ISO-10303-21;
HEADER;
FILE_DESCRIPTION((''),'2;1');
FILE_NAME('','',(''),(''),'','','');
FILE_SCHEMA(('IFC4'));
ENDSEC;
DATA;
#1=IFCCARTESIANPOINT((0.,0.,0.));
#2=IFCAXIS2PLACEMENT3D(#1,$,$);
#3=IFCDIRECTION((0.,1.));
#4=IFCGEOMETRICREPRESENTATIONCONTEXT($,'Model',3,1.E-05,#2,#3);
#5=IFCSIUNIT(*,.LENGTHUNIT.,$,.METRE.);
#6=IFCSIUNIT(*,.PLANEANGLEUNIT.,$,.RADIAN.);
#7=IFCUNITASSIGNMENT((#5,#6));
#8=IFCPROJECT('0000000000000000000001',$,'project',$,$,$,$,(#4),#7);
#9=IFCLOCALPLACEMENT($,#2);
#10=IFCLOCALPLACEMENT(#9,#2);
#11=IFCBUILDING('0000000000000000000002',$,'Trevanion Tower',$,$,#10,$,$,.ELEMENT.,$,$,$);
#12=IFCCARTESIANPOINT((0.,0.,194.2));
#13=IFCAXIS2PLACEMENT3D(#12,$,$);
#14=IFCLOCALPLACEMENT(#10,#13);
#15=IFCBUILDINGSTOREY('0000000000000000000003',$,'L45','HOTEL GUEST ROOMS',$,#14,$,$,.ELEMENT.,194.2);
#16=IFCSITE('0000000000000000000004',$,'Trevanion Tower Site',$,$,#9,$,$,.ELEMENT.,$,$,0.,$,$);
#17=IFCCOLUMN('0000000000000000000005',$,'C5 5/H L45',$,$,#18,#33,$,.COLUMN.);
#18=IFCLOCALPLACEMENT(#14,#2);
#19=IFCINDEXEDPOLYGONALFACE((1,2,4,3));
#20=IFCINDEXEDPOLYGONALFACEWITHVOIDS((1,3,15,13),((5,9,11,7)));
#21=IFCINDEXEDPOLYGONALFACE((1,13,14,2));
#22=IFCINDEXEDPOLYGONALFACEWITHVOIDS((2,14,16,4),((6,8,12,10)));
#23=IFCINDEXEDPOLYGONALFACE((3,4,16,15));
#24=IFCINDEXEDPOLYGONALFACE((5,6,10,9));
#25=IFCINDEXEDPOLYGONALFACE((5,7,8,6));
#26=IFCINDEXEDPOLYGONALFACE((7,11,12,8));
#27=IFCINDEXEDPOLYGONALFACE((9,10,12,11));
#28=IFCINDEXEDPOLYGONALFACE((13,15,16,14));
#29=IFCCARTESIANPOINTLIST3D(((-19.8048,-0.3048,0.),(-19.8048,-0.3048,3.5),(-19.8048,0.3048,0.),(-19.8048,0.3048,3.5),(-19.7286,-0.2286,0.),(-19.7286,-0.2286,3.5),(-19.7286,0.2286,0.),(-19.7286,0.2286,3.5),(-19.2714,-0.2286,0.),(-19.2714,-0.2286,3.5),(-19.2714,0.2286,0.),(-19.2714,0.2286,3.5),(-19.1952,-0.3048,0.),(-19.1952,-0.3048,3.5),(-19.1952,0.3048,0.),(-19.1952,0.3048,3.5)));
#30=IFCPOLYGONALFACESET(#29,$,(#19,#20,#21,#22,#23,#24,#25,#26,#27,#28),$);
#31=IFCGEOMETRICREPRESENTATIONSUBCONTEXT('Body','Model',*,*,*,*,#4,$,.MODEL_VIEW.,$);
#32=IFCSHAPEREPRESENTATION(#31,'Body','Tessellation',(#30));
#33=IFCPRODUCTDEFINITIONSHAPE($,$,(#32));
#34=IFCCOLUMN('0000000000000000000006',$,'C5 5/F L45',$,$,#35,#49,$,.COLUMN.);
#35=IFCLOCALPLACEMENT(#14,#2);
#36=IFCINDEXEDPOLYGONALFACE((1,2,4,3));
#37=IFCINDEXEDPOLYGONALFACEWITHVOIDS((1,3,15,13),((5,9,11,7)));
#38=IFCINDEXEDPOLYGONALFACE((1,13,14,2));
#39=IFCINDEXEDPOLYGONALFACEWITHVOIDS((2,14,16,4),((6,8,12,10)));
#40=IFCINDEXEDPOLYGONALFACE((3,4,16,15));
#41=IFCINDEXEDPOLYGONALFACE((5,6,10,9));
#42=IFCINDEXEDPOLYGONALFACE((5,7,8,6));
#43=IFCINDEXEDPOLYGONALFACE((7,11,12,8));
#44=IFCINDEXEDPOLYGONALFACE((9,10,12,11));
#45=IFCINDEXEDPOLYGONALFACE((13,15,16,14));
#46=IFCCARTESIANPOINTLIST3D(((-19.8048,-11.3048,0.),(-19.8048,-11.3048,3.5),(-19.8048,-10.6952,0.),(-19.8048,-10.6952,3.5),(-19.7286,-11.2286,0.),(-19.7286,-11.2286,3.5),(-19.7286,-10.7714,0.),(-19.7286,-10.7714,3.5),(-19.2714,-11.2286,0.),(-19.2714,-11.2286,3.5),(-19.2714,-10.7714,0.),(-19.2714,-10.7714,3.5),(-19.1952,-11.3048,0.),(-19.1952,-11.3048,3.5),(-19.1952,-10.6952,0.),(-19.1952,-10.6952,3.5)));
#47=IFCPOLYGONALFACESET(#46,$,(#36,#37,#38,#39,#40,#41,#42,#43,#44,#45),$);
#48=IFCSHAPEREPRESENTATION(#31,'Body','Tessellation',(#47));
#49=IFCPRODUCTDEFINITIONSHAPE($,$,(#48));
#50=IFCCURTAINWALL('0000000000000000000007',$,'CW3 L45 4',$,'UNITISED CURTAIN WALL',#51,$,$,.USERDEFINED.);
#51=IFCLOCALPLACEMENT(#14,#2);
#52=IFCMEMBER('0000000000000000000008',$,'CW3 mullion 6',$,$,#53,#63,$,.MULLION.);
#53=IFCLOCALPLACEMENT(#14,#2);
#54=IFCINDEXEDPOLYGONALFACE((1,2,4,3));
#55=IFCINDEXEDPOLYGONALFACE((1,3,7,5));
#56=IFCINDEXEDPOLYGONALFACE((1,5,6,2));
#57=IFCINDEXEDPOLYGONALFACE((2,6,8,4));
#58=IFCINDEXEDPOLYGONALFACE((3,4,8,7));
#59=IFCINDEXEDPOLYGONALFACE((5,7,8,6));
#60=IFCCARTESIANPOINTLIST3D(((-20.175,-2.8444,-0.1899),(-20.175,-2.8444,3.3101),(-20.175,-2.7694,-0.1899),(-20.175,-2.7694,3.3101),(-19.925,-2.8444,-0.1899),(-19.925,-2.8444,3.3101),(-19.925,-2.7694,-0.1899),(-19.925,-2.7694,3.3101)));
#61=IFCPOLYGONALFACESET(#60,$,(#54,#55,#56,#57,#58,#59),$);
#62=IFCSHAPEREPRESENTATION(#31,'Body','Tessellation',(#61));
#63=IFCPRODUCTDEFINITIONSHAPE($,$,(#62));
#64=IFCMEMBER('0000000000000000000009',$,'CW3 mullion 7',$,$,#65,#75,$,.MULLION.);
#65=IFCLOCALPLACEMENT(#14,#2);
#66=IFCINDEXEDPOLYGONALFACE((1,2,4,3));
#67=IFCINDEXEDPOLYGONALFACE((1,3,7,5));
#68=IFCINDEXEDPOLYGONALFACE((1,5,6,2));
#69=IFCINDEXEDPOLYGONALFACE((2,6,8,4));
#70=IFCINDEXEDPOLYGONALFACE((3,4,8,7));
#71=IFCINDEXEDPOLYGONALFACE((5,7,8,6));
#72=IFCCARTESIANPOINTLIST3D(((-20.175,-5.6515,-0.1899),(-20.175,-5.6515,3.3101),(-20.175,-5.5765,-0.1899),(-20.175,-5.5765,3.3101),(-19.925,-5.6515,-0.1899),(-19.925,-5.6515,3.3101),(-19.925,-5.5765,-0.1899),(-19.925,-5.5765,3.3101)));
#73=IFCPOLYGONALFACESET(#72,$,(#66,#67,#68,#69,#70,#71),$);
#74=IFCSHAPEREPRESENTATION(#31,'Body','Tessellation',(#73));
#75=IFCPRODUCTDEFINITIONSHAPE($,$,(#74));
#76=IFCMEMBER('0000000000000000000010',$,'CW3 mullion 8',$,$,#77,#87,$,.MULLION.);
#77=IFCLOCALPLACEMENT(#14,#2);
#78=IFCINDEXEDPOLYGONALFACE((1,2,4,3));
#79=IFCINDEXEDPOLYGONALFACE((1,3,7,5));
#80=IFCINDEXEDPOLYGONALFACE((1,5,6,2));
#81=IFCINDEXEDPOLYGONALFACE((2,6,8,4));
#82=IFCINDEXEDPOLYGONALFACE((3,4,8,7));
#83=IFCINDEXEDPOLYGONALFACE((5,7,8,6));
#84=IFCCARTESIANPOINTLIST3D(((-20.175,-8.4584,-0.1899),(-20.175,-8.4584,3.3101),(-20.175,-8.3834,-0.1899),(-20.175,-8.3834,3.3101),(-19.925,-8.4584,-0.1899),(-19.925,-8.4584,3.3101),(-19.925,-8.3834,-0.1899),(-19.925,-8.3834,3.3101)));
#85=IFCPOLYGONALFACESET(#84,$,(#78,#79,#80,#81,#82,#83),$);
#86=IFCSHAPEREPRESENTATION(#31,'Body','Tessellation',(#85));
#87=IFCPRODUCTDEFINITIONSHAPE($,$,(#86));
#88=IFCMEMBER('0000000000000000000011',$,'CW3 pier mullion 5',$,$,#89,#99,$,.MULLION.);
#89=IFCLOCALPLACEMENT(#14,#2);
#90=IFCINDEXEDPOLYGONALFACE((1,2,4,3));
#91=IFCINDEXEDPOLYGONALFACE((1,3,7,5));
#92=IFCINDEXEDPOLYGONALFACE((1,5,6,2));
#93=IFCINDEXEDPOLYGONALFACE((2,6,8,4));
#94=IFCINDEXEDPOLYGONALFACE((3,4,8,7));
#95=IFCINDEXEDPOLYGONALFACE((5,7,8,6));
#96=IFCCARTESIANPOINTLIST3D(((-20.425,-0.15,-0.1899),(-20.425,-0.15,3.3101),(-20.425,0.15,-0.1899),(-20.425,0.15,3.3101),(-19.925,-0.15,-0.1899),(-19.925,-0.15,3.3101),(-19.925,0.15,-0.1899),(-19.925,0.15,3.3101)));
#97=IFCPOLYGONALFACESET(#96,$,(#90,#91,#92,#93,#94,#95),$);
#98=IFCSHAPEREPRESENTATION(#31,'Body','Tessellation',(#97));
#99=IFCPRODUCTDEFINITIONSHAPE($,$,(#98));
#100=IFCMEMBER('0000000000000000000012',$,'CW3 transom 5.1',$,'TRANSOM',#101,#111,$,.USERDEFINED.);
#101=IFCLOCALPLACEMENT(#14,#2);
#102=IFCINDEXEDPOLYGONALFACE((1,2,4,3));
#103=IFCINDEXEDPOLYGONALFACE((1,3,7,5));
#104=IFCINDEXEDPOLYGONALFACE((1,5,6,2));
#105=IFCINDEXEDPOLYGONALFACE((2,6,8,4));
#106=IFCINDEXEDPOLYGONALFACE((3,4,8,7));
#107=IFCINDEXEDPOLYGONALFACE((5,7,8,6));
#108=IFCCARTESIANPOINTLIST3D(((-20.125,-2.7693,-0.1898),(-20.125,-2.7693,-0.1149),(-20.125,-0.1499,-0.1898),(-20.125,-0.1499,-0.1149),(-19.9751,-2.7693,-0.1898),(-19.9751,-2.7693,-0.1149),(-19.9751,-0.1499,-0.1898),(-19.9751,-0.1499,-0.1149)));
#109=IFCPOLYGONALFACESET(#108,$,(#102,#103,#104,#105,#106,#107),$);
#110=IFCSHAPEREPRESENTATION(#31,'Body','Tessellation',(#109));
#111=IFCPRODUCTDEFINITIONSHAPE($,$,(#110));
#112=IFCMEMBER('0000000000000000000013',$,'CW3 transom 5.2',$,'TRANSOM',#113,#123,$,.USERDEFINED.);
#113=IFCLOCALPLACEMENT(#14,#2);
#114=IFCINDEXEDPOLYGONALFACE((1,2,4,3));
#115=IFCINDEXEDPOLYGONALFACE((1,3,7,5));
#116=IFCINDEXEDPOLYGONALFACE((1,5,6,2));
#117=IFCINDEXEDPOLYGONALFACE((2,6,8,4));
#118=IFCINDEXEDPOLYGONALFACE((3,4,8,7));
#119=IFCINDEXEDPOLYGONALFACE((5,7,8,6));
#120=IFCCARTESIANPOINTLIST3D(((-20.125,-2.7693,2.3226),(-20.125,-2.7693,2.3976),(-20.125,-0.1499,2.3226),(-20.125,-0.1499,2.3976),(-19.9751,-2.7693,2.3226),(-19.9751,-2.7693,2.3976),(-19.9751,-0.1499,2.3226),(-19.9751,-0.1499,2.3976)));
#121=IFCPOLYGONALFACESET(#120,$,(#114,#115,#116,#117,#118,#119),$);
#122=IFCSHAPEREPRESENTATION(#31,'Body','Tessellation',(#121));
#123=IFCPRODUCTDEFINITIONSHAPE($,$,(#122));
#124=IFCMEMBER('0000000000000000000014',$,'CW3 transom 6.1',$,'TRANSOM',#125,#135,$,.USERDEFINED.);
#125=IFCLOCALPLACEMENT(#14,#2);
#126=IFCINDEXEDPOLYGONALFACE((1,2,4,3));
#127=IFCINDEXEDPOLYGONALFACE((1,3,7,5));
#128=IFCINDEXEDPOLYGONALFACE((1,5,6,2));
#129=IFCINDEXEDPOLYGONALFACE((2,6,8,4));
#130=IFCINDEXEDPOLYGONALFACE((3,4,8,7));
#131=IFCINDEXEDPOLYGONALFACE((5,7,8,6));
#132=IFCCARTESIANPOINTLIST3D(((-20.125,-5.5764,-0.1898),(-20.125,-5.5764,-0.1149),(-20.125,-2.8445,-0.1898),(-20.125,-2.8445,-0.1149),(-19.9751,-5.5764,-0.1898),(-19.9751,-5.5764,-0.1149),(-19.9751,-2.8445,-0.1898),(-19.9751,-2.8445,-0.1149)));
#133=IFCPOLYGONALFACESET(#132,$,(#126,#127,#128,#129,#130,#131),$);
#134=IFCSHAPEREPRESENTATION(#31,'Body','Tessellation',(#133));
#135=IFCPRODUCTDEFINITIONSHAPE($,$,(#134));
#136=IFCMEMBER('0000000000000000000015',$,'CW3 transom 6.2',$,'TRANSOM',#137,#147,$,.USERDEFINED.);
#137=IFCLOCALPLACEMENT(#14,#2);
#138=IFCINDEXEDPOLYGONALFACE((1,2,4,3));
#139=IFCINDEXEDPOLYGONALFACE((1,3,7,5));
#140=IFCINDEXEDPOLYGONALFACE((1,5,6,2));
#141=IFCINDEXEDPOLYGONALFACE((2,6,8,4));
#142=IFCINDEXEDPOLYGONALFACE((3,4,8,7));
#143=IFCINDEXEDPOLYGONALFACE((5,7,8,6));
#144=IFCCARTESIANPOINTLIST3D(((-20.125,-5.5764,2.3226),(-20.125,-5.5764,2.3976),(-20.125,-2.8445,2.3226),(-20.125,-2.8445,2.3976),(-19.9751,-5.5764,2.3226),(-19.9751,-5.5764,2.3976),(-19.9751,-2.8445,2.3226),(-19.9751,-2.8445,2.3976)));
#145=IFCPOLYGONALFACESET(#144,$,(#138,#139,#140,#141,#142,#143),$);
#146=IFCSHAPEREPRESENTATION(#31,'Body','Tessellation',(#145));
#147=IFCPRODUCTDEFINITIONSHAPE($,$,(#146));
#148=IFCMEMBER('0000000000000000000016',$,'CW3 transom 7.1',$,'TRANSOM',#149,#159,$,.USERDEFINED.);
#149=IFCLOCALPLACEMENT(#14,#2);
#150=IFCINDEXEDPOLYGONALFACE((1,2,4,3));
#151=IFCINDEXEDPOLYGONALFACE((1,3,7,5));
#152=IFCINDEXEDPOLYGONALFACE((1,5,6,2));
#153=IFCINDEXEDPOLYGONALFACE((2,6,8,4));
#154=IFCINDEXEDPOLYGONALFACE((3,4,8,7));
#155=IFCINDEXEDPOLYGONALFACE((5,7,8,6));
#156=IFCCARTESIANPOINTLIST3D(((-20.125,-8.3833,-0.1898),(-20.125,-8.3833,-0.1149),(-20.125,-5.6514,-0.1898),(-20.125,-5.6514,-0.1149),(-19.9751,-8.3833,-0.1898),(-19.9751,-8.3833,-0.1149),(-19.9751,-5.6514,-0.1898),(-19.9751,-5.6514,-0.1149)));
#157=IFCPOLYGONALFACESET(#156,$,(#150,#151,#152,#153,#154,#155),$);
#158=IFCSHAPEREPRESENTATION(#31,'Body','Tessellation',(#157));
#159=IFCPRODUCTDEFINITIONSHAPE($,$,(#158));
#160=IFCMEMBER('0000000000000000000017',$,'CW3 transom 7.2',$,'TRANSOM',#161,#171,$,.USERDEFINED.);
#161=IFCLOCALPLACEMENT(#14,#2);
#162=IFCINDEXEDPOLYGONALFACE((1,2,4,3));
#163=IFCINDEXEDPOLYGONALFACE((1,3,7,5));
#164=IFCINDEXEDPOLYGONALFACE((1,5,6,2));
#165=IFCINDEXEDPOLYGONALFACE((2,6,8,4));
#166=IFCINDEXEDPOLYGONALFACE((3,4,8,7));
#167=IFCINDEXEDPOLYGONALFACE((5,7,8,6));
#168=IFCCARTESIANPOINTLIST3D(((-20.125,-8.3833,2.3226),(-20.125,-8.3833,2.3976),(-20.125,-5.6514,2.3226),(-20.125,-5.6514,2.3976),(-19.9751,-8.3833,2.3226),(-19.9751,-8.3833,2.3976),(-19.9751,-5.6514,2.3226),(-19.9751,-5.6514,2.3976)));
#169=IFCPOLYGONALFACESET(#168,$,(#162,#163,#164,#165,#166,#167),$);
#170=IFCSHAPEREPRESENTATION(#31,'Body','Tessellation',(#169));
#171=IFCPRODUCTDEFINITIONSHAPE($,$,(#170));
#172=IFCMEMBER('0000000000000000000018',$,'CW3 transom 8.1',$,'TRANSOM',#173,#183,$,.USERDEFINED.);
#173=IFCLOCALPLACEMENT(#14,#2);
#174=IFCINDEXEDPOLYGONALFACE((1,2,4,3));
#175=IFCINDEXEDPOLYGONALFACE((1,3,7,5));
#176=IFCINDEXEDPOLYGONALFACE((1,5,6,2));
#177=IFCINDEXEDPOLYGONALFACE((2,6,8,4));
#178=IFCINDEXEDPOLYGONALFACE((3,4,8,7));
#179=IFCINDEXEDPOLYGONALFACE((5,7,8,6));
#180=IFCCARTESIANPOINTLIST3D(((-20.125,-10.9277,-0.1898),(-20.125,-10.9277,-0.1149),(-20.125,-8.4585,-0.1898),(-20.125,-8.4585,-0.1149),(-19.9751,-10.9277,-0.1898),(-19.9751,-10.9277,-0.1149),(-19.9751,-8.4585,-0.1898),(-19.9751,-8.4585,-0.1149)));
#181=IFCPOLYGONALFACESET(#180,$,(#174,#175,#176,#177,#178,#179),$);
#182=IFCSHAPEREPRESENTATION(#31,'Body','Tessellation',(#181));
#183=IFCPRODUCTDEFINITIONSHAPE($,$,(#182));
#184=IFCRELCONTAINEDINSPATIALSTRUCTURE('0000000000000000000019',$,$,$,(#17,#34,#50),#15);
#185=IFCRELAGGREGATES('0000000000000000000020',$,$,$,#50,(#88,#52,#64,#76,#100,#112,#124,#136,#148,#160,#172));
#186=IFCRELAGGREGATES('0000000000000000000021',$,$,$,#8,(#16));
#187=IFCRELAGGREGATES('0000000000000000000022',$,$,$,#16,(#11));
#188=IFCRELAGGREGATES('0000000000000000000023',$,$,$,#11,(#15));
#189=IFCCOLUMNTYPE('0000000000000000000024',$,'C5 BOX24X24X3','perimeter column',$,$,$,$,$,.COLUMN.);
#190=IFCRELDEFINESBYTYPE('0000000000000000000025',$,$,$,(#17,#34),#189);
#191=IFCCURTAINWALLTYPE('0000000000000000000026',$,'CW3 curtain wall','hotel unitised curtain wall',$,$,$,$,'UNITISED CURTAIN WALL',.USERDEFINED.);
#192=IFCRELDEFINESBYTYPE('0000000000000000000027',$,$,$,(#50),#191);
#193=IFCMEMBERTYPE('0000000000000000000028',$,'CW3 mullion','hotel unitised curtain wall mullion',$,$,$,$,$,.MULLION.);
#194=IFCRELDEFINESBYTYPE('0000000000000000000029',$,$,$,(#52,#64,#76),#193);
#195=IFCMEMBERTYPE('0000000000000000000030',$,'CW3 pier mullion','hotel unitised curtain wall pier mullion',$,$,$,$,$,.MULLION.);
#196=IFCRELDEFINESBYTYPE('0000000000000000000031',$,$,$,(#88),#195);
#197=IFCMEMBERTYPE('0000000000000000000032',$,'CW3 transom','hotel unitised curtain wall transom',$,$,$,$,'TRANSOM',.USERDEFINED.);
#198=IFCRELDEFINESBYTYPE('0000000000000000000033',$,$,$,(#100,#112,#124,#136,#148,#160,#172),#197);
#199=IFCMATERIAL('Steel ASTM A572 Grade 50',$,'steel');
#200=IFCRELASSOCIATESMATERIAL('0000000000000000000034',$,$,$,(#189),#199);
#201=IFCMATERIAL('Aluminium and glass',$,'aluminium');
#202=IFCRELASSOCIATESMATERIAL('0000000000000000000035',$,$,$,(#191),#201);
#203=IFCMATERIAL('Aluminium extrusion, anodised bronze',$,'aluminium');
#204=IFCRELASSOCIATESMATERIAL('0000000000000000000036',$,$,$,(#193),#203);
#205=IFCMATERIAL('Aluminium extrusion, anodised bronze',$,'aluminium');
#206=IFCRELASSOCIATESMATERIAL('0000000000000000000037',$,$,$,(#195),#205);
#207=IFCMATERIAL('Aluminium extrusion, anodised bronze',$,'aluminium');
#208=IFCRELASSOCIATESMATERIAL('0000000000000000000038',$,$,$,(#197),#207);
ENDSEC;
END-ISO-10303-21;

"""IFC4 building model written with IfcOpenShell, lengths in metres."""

from ifc_helpers import new_model, si_unit, direction, frame, origin, origin_2d, place, context, subcontext, project, spatial, rectangle, hollow_rectangle, extrude, material, material_profile, profile_set, type_object, element, aggregate, save


model = new_model("IFC4")

# Units and contexts
model_context = context("Model", 3, precision=1e-05, world=origin(), true_north=direction((0.0, 1.0)))
body_context = subcontext(model_context, "Body", "Model", "MODEL_VIEW")
ifc_project = project(units=[si_unit("LENGTHUNIT", "METRE"), si_unit("PLANEANGLEUNIT", "RADIAN")], contexts=[model_context])

# Site, building, storey
site_placement = place(None, origin())
site = spatial("IfcSite", under=ifc_project, at=site_placement, Name="Trevanion Tower Site", CompositionType="ELEMENT", RefElevation=0.0)
building_placement = place(site_placement, origin())
building = spatial("IfcBuilding", under=site, at=building_placement, Name="Trevanion Tower", CompositionType="ELEMENT")
storey_placement = place(building_placement, frame((0.0, 0.0, 194.2)))
storey = spatial("IfcBuildingStorey", under=building, at=storey_placement, Name="L45", Description="HOTEL GUEST ROOMS", CompositionType="ELEMENT", Elevation=194.2)

# Columns
ifc_material_1 = material(Name="Steel ASTM A572 Grade 50", Category="steel")
ifc_material_profile_1 = material_profile(ifc_material_1, hollow_rectangle(XDim=0.6096, YDim=0.6096, WallThickness=0.0762, at=origin_2d()), Name="BOX24X24X3")
ifc_profile_set_1 = profile_set([ifc_material_profile_1], Name="Steel ASTM A572 Grade 50")
column_type = type_object("IfcColumnType", Name="C5 BOX24X24X3", Description="perimeter column", PredefinedType="COLUMN", material=ifc_profile_set_1)
for number, where, z_axis, x_axis, name in (
    (1, (-19.5, 0.0, 0.0), (0.0, 0.0, 1.0), (0.0, 1.0, 0.0), "C5 5/H L45"),
    (2, (-19.5, -11.0, 0.0), (0.0, 0.0, 1.0), (0.0, 1.0, 0.0), "C5 5/F L45"),
):
    element("IfcColumn", number, at=place(storey_placement, frame(where, z_axis=z_axis, x_axis=x_axis)), inside=storey, type_object=column_type, Name=name, PredefinedType="COLUMN", context=body_context, shape_type="SweptSolid", body=[
        extrude(hollow_rectangle(XDim=0.6096, YDim=0.6096, WallThickness=0.0762, at=origin_2d()), origin(), (0.0, 0.0, 1.0), 3.5),
    ])

# Curtain wall, members
ifc_material_2 = material(Name="Aluminium and glass", Category="aluminium")
curtain_wall_type = type_object("IfcCurtainWallType", Name="CW3 curtain wall", Description="hotel unitised curtain wall", ElementType="UNITISED CURTAIN WALL", PredefinedType="USERDEFINED", material=ifc_material_2)
curtain_wall_placement = place(storey_placement, origin())
curtain_wall = element("IfcCurtainWall", 3, at=curtain_wall_placement, inside=storey, type_object=curtain_wall_type, Name="CW3 L45 4", ObjectType="UNITISED CURTAIN WALL", PredefinedType="USERDEFINED")
ifc_material_3 = material(Name="Aluminium extrusion, anodised bronze", Category="aluminium")
ifc_material_profile_2 = material_profile(ifc_material_3, rectangle(XDim=0.075, YDim=0.25, at=origin_2d()), Name="CW3 mullion")
ifc_profile_set_2 = profile_set([ifc_material_profile_2], Name="Aluminium extrusion, anodised bronze")
member_type_1 = type_object("IfcMemberType", Name="CW3 mullion", Description="hotel unitised curtain wall mullion", PredefinedType="MULLION", material=ifc_profile_set_2)
member_1_placement = place(storey_placement, frame((-20.05, -2.8069, -0.1899), z_axis=(0.0, 0.0, 1.0), x_axis=(0.0, -1.0, 0.0)))
member_1 = element("IfcMember", 4, at=member_1_placement, type_object=member_type_1, Name="CW3 mullion 6", PredefinedType="MULLION", context=body_context, shape_type="SweptSolid", body=[
    extrude(rectangle(XDim=0.075, YDim=0.25, at=origin_2d()), origin(), (0.0, 0.0, 1.0), 3.5),
])
member_2_placement = place(storey_placement, frame((-20.05, -5.614, -0.1899), z_axis=(0.0, 0.0, 1.0), x_axis=(0.0, -1.0, 0.0)))
member_2 = element("IfcMember", 5, at=member_2_placement, type_object=member_type_1, Name="CW3 mullion 7", PredefinedType="MULLION", context=body_context, shape_type="SweptSolid", body=[
    extrude(rectangle(XDim=0.075, YDim=0.25, at=origin_2d()), origin(), (0.0, 0.0, 1.0), 3.5),
])
member_3_placement = place(storey_placement, frame((-20.05, -8.4209, -0.1899), z_axis=(0.0, 0.0, 1.0), x_axis=(0.0, -1.0, 0.0)))
member_3 = element("IfcMember", 6, at=member_3_placement, type_object=member_type_1, Name="CW3 mullion 8", PredefinedType="MULLION", context=body_context, shape_type="SweptSolid", body=[
    extrude(rectangle(XDim=0.075, YDim=0.25, at=origin_2d()), origin(), (0.0, 0.0, 1.0), 3.5),
])
ifc_material_4 = material(Name="Aluminium extrusion, anodised bronze", Category="aluminium")
ifc_material_profile_3 = material_profile(ifc_material_4, rectangle(XDim=0.3, YDim=0.5, at=origin_2d()), Name="CW3 pier mullion")
ifc_profile_set_3 = profile_set([ifc_material_profile_3], Name="Aluminium extrusion, anodised bronze")
member_type_2 = type_object("IfcMemberType", Name="CW3 pier mullion", Description="hotel unitised curtain wall pier mullion", PredefinedType="MULLION", material=ifc_profile_set_3)
member_4_placement = place(storey_placement, frame((-20.175, 0.0, -0.1899), z_axis=(0.0, 0.0, 1.0), x_axis=(0.0, -1.0, 0.0)))
member_4 = element("IfcMember", 7, at=member_4_placement, type_object=member_type_2, Name="CW3 pier mullion 5", PredefinedType="MULLION", context=body_context, shape_type="SweptSolid", body=[
    extrude(rectangle(XDim=0.3, YDim=0.5, at=origin_2d()), origin(), (0.0, 0.0, 1.0), 3.5),
])
ifc_material_5 = material(Name="Aluminium extrusion, anodised bronze", Category="aluminium")
ifc_material_profile_4 = material_profile(ifc_material_5, rectangle(XDim=0.1499, YDim=0.075, at=origin_2d()), Name="CW3 transom")
ifc_profile_set_4 = profile_set([ifc_material_profile_4], Name="Aluminium extrusion, anodised bronze")
member_type_3 = type_object("IfcMemberType", Name="CW3 transom", Description="hotel unitised curtain wall transom", ElementType="TRANSOM", PredefinedType="USERDEFINED", material=ifc_profile_set_4)
member_5_placement = place(storey_placement, frame((-20.05, -0.1499, -0.1523), z_axis=(0.0, -1.0, 0.0), x_axis=(1.0, 0.0, 0.0)))
member_5 = element("IfcMember", 8, at=member_5_placement, type_object=member_type_3, Name="CW3 transom 5.1", ObjectType="TRANSOM", PredefinedType="USERDEFINED", context=body_context, shape_type="SweptSolid", body=[
    extrude(rectangle(XDim=0.1499, YDim=0.075, at=origin_2d()), origin(), (0.0, 0.0, 1.0), 2.6194),
])
member_6_placement = place(storey_placement, frame((-20.05, -0.1499, 2.3601), z_axis=(0.0, -1.0, 0.0), x_axis=(1.0, 0.0, 0.0)))
member_6 = element("IfcMember", 9, at=member_6_placement, type_object=member_type_3, Name="CW3 transom 5.2", ObjectType="TRANSOM", PredefinedType="USERDEFINED", context=body_context, shape_type="SweptSolid", body=[
    extrude(rectangle(XDim=0.1499, YDim=0.075, at=origin_2d()), origin(), (0.0, 0.0, 1.0), 2.6194),
])
member_7_placement = place(storey_placement, frame((-20.05, -2.8445, -0.1523), z_axis=(0.0, -1.0, 0.0), x_axis=(1.0, 0.0, 0.0)))
member_7 = element("IfcMember", 10, at=member_7_placement, type_object=member_type_3, Name="CW3 transom 6.1", ObjectType="TRANSOM", PredefinedType="USERDEFINED", context=body_context, shape_type="SweptSolid", body=[
    extrude(rectangle(XDim=0.1499, YDim=0.075, at=origin_2d()), origin(), (0.0, 0.0, 1.0), 2.7319),
])
member_8_placement = place(storey_placement, frame((-20.05, -2.8445, 2.3601), z_axis=(0.0, -1.0, 0.0), x_axis=(1.0, 0.0, 0.0)))
member_8 = element("IfcMember", 11, at=member_8_placement, type_object=member_type_3, Name="CW3 transom 6.2", ObjectType="TRANSOM", PredefinedType="USERDEFINED", context=body_context, shape_type="SweptSolid", body=[
    extrude(rectangle(XDim=0.1499, YDim=0.075, at=origin_2d()), origin(), (0.0, 0.0, 1.0), 2.7319),
])
member_9_placement = place(storey_placement, frame((-20.05, -5.6514, -0.1523), z_axis=(0.0, -1.0, 0.0), x_axis=(1.0, 0.0, 0.0)))
member_9 = element("IfcMember", 12, at=member_9_placement, type_object=member_type_3, Name="CW3 transom 7.1", ObjectType="TRANSOM", PredefinedType="USERDEFINED", context=body_context, shape_type="SweptSolid", body=[
    extrude(rectangle(XDim=0.1499, YDim=0.075, at=origin_2d()), origin(), (0.0, 0.0, 1.0), 2.7319),
])
member_10_placement = place(storey_placement, frame((-20.05, -5.6514, 2.3601), z_axis=(0.0, -1.0, 0.0), x_axis=(1.0, 0.0, 0.0)))
member_10 = element("IfcMember", 13, at=member_10_placement, type_object=member_type_3, Name="CW3 transom 7.2", ObjectType="TRANSOM", PredefinedType="USERDEFINED", context=body_context, shape_type="SweptSolid", body=[
    extrude(rectangle(XDim=0.1499, YDim=0.075, at=origin_2d()), origin(), (0.0, 0.0, 1.0), 2.7319),
])
member_11_placement = place(storey_placement, frame((-20.05, -8.4585, -0.1523), z_axis=(0.0, -1.0, 0.0), x_axis=(1.0, 0.0, 0.0)))
member_11 = element("IfcMember", 14, at=member_11_placement, type_object=member_type_3, Name="CW3 transom 8.1", ObjectType="TRANSOM", PredefinedType="USERDEFINED", context=body_context, shape_type="SweptSolid", body=[
    extrude(rectangle(XDim=0.1499, YDim=0.075, at=origin_2d()), origin(), (0.0, 0.0, 1.0), 2.4692),
])

aggregate(curtain_wall, [member_4, member_1, member_2, member_3, member_5, member_6, member_7, member_8, member_9, member_10, member_11])

save(model, "model.ifc")
